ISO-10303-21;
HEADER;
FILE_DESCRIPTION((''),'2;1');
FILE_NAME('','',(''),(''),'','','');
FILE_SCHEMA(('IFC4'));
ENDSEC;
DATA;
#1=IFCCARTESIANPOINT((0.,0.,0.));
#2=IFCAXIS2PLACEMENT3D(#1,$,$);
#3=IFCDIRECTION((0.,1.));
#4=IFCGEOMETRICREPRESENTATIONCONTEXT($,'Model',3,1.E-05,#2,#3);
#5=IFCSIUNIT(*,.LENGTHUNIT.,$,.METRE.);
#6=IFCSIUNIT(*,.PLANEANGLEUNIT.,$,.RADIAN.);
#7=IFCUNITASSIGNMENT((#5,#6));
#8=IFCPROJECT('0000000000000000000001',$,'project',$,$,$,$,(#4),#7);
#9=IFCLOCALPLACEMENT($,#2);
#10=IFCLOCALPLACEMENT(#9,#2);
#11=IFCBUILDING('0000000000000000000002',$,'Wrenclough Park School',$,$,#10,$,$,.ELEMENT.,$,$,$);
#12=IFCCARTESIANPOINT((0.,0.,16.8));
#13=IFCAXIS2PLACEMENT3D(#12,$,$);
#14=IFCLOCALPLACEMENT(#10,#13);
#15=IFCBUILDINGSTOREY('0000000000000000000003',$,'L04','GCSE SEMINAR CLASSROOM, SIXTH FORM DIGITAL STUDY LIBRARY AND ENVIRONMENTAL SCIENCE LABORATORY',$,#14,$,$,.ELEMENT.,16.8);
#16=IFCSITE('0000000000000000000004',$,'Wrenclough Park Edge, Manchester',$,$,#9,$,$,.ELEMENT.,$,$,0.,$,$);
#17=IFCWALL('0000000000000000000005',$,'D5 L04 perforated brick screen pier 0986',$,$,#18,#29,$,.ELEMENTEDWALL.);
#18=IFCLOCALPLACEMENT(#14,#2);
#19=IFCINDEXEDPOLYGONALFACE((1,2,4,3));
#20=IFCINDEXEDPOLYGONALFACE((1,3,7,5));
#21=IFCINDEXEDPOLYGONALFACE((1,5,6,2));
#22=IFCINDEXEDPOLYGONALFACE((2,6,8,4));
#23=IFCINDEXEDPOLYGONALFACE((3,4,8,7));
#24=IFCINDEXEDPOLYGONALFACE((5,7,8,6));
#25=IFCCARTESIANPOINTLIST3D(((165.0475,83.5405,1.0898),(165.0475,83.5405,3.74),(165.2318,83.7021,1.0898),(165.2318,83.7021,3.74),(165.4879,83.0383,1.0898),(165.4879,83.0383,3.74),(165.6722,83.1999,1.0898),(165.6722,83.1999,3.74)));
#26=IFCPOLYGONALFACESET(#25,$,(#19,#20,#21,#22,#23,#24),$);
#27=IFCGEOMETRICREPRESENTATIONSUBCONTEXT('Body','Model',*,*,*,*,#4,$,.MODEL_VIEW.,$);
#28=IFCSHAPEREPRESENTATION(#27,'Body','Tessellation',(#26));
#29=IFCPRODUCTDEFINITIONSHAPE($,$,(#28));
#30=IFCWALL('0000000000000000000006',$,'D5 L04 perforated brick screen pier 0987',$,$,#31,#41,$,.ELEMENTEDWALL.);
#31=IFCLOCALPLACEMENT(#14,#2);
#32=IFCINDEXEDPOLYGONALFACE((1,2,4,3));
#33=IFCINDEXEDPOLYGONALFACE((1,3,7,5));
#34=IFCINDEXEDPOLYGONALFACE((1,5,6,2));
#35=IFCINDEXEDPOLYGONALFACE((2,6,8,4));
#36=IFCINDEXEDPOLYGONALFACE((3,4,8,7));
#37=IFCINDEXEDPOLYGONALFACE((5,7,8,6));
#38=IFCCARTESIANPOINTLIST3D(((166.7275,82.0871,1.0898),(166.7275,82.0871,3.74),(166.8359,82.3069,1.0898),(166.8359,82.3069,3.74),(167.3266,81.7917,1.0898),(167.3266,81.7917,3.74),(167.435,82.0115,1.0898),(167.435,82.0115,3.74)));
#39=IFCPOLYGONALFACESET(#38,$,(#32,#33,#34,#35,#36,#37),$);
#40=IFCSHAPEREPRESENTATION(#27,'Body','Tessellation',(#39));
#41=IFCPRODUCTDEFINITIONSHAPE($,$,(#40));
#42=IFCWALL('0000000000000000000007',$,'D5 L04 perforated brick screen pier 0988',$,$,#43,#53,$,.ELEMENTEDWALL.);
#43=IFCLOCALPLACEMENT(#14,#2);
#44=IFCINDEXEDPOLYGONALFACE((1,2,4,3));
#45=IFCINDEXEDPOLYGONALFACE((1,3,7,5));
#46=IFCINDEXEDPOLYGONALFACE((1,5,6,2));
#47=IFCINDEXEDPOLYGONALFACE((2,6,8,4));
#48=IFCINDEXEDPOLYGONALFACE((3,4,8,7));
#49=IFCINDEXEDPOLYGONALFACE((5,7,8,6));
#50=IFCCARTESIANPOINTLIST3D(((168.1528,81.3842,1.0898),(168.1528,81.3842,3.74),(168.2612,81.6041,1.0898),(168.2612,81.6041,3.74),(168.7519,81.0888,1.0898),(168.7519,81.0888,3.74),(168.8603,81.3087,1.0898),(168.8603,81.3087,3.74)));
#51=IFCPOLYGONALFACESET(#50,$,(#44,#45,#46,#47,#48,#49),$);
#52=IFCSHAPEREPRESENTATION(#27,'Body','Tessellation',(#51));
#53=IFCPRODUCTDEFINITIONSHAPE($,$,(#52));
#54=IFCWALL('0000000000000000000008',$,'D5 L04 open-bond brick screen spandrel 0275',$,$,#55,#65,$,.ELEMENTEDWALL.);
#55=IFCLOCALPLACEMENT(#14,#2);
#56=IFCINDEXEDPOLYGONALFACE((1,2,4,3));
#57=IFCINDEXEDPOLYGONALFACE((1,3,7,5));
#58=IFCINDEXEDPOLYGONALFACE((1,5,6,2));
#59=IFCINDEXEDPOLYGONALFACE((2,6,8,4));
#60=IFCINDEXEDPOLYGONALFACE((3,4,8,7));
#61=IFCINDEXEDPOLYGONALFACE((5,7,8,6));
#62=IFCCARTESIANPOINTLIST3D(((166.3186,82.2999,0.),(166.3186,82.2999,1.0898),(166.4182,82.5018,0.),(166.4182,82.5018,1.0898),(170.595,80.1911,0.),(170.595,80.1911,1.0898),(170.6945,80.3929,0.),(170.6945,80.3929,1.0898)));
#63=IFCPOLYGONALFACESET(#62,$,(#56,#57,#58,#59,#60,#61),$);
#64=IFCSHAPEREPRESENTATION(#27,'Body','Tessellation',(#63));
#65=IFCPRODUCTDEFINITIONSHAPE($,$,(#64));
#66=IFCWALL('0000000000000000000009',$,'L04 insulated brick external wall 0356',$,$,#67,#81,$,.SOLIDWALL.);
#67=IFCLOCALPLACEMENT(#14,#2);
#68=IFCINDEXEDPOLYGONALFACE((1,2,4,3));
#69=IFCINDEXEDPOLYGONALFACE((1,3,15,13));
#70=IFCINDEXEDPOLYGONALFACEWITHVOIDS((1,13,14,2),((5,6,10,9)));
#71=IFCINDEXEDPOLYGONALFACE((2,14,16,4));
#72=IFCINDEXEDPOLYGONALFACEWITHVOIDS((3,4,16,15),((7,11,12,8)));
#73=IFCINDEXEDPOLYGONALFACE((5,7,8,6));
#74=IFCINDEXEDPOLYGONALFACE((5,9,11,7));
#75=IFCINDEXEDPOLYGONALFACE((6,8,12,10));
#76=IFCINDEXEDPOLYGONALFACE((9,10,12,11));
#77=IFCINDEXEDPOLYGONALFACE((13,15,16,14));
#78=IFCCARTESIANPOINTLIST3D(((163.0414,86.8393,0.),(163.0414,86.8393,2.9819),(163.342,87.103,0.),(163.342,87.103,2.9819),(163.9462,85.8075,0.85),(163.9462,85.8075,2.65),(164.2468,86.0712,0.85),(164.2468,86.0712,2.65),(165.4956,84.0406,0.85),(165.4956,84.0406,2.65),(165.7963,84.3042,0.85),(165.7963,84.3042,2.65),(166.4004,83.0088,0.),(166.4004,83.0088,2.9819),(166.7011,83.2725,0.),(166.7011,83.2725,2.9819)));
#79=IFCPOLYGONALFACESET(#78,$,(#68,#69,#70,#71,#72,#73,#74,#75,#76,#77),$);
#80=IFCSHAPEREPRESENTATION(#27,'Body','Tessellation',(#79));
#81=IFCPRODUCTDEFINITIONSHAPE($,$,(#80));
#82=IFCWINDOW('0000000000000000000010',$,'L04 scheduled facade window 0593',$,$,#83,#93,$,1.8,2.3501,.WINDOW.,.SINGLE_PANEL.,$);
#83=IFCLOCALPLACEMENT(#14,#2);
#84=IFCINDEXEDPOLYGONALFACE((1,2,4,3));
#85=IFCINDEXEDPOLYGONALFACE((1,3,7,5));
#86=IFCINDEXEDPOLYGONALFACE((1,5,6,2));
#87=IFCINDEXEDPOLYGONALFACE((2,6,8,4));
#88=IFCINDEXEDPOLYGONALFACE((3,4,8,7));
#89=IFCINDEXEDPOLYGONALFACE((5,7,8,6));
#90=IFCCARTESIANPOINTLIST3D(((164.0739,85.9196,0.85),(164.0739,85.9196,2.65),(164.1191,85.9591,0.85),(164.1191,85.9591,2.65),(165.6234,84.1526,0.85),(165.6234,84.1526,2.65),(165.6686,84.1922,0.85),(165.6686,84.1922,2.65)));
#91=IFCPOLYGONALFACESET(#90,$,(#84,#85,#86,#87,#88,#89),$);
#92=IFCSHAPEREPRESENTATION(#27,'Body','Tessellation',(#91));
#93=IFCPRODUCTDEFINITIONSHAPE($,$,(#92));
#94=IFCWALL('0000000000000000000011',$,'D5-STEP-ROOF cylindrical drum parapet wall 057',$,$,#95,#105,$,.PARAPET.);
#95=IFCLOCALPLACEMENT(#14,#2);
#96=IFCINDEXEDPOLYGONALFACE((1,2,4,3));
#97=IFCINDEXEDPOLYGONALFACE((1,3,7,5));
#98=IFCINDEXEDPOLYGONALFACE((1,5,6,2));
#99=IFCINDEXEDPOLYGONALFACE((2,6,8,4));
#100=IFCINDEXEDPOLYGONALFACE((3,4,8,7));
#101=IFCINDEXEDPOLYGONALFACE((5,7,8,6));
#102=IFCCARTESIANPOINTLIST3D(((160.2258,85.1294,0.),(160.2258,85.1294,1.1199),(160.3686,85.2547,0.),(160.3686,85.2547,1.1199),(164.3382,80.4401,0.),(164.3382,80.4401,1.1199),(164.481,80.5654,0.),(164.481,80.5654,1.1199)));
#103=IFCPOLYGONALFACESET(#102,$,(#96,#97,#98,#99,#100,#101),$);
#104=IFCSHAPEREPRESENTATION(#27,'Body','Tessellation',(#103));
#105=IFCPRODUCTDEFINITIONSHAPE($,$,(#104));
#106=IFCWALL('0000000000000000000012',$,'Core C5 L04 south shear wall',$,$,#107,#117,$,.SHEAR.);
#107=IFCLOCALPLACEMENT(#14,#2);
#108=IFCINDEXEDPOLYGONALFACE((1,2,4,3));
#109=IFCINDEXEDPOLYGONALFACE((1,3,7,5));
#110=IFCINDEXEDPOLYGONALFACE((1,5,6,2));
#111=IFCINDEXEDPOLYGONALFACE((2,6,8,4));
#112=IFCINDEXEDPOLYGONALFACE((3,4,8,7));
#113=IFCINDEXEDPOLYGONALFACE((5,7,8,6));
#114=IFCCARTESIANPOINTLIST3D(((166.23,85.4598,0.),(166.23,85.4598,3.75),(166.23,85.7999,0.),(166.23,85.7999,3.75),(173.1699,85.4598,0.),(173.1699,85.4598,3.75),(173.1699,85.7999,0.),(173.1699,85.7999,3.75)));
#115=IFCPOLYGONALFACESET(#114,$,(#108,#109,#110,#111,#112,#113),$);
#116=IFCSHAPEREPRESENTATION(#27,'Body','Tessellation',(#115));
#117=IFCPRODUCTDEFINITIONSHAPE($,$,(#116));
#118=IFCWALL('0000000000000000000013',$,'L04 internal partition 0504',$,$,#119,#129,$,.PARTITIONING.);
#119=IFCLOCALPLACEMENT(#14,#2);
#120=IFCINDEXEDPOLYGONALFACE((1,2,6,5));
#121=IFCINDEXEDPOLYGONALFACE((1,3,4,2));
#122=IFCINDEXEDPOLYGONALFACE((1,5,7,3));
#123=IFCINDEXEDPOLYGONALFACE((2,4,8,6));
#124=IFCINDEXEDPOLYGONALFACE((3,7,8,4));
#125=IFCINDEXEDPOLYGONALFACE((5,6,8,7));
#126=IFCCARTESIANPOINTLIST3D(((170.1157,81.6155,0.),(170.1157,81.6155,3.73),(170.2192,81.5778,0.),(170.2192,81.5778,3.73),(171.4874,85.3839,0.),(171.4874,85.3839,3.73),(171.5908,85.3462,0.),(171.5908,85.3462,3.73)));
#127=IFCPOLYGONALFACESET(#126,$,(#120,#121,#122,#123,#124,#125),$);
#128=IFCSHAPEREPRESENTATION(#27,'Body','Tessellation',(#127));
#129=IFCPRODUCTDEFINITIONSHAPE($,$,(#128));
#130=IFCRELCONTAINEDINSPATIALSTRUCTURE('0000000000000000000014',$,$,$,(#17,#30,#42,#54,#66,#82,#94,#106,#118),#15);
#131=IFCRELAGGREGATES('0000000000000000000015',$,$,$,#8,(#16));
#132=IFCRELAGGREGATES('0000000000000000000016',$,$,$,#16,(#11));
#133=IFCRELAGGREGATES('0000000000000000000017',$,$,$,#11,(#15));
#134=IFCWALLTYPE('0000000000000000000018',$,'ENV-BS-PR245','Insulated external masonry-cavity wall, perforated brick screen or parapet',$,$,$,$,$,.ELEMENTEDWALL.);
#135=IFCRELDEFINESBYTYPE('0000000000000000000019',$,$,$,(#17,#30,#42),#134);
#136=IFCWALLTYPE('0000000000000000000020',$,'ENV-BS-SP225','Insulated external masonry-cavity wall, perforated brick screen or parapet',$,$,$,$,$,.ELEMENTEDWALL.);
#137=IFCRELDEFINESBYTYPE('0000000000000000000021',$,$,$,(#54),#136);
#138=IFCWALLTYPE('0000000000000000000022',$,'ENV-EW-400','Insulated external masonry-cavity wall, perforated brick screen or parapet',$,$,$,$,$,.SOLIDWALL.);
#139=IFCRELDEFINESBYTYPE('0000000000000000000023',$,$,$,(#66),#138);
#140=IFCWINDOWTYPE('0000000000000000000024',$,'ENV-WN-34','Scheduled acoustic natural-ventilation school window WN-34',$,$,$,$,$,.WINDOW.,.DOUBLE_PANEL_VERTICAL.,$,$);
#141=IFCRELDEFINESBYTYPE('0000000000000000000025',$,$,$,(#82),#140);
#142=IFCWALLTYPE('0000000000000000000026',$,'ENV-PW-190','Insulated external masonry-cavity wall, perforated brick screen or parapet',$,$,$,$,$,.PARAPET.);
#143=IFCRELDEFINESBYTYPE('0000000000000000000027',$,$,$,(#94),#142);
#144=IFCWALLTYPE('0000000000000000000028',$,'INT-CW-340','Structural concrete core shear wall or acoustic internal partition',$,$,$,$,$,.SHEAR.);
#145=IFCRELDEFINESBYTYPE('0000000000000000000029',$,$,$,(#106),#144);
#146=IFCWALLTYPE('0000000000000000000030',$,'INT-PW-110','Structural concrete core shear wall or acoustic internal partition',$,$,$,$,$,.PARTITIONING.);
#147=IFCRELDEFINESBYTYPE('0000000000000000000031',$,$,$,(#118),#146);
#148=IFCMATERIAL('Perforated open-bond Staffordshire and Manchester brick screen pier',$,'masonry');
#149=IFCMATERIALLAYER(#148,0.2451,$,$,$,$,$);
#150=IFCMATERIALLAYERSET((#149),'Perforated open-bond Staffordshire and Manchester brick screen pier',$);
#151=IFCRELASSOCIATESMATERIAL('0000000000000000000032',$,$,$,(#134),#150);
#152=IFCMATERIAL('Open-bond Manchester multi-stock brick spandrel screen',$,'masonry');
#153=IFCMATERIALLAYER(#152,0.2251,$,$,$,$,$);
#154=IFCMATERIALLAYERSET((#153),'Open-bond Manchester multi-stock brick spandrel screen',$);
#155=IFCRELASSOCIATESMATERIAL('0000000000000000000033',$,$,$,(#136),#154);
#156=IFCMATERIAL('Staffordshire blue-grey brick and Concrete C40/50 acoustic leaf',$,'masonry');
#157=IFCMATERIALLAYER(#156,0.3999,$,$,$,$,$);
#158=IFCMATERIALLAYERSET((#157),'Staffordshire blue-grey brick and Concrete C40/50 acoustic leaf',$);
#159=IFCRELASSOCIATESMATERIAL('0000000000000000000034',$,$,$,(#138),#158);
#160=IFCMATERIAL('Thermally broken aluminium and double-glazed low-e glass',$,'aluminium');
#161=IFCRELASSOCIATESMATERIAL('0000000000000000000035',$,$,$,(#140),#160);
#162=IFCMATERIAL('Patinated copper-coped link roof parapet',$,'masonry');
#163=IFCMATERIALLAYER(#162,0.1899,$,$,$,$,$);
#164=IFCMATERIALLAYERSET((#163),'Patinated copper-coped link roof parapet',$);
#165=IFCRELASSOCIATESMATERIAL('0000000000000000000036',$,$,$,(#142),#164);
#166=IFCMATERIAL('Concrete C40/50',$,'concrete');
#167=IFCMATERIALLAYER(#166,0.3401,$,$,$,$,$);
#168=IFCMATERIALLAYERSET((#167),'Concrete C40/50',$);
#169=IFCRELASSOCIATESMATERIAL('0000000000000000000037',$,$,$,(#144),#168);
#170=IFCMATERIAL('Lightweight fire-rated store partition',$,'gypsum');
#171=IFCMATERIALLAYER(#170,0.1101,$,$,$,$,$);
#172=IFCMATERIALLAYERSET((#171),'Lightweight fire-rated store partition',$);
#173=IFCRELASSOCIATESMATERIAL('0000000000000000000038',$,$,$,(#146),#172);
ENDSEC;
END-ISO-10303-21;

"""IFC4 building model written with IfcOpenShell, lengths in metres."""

from ifc_helpers import new_model, si_unit, direction, frame, frame_2d, origin, place, context, subcontext, project, spatial, rectangle, extrude, material, layer, layer_set, type_object, element, fill, save


model = new_model("IFC4")

# Units and contexts
model_context = context("Model", 3, precision=1e-05, world=origin(), true_north=direction((0.0, 1.0)))
body_context = subcontext(model_context, "Body", "Model", "MODEL_VIEW")
ifc_project = project(units=[si_unit("LENGTHUNIT", "METRE"), si_unit("PLANEANGLEUNIT", "RADIAN")], contexts=[model_context])

# Site, building, storey
site_placement = place(None, origin())
site = spatial("IfcSite", under=ifc_project, at=site_placement, Name="Wrenclough Park Edge, Manchester", CompositionType="ELEMENT", RefElevation=0.0)
building_placement = place(site_placement, origin())
building = spatial("IfcBuilding", under=site, at=building_placement, Name="Wrenclough Park School", CompositionType="ELEMENT")
storey_placement = place(building_placement, frame((0.0, 0.0, 16.8)))
storey = spatial("IfcBuildingStorey", under=building, at=storey_placement, Name="L04", Description="GCSE SEMINAR CLASSROOM, SIXTH FORM DIGITAL STUDY LIBRARY AND ENVIRONMENTAL SCIENCE LABORATORY", CompositionType="ELEMENT", Elevation=16.8)

# Shared definitions
ifc_material_1 = material(Name="Concrete C40/50", Category="concrete")

# Walls
ifc_material_2 = material(Name="Perforated open-bond Staffordshire and Manchester brick screen pier", Category="masonry")
ifc_layer_1 = layer(ifc_material_2, 0.2451)
ifc_layer_set_1 = layer_set([ifc_layer_1], Name="Perforated open-bond Staffordshire and Manchester brick screen pier")
wall_type_1 = type_object("IfcWallType", Name="ENV-BS-PR245", Description="Insulated external masonry-cavity wall, perforated brick screen or parapet", PredefinedType="ELEMENTEDWALL", material=ifc_layer_set_1)
for number, where, z_axis, x_axis, name in (
    (1, (165.1396, 83.6213, 1.0898), (0.0, 0.0, 1.0), (0.659358, -0.751829, 0.0), "D5 L04 perforated brick screen pier 0986"),
    (2, (166.7817, 82.197, 1.0898), (0.0, 0.0, 1.0), (0.896899, -0.442236, 0.0), "D5 L04 perforated brick screen pier 0987"),
    (3, (168.207, 81.4941, 1.0898), (0.0, 0.0, 1.0), (0.896899, -0.442236, 0.0), "D5 L04 perforated brick screen pier 0988"),
):
    element("IfcWall", number, at=place(storey_placement, frame(where, z_axis=z_axis, x_axis=x_axis)), inside=storey, type_object=wall_type_1, Name=name, PredefinedType="ELEMENTEDWALL", context=body_context, shape_type="SweptSolid", body=[
        extrude(rectangle(XDim=0.668, YDim=0.2451, at=frame_2d((0.334, 0.0))), origin(), (0.0, 0.0, 1.0), 2.6501),
    ])
ifc_material_3 = material(Name="Open-bond Manchester multi-stock brick spandrel screen", Category="masonry")
ifc_layer_2 = layer(ifc_material_3, 0.2251)
ifc_layer_set_2 = layer_set([ifc_layer_2], Name="Open-bond Manchester multi-stock brick spandrel screen")
wall_type_2 = type_object("IfcWallType", Name="ENV-BS-SP225", Description="Insulated external masonry-cavity wall, perforated brick screen or parapet", PredefinedType="ELEMENTEDWALL", material=ifc_layer_set_2)
wall_1_placement = place(storey_placement, frame((166.3684, 82.4009, 0.0), z_axis=(0.0, 0.0, 1.0), x_axis=(0.896871, -0.442291, 0.0)))
element("IfcWall", 4, at=wall_1_placement, inside=storey, type_object=wall_type_2, Name="D5 L04 open-bond brick screen spandrel 0275", PredefinedType="ELEMENTEDWALL", context=body_context, shape_type="SweptSolid", body=[
    extrude(rectangle(XDim=4.7681, YDim=0.2251, at=frame_2d((2.384, 0.0))), origin(), (0.0, 0.0, 1.0), 1.0898),
])

# Wall, opening, window
ifc_material_4 = material(Name="Staffordshire blue-grey brick and Concrete C40/50 acoustic leaf", Category="masonry")
ifc_layer_3 = layer(ifc_material_4, 0.3999)
ifc_layer_set_3 = layer_set([ifc_layer_3], Name="Staffordshire blue-grey brick and Concrete C40/50 acoustic leaf")
wall_type_3 = type_object("IfcWallType", Name="ENV-EW-400", Description="Insulated external masonry-cavity wall, perforated brick screen or parapet", PredefinedType="SOLIDWALL", material=ifc_layer_set_3)
wall_2_placement = place(storey_placement, frame((166.5508, 83.1406, 0.0), z_axis=(0.0, 0.0, 1.0), x_axis=(-0.659325, 0.751858, 0.0)))
wall_2 = element("IfcWall", 5, at=wall_2_placement, inside=storey, type_object=wall_type_3, Name="L04 insulated brick external wall 0356", PredefinedType="SOLIDWALL", context=body_context, shape_type="SweptSolid", body=[
    extrude(rectangle(XDim=5.0947, YDim=0.3999, at=frame_2d((2.5474, 0.0))), origin(), (0.0, 0.0, 1.0), 2.9819),
])
opening_placement = place(wall_2_placement, frame((1.3723, 0.0, 0.8501)))
opening = element("IfcOpeningElement", 6, at=opening_placement, cuts=wall_2, PredefinedType="OPENING", context=body_context, shape_type="SweptSolid", body=[
    extrude(rectangle(XDim=2.3501, YDim=1.8, at=frame_2d((1.175, 0.8999))), frame((0.0, 0.21, 0.0), z_axis=(0.0, -1.0, 0.0), x_axis=(1.0, 0.0, 0.0)), (0.0, 0.0, 1.0), 0.4199),
])
ifc_material_5 = material(Name="Thermally broken aluminium and double-glazed low-e glass", Category="aluminium")
window_type = type_object("IfcWindowType", Name="ENV-WN-34", Description="Scheduled acoustic natural-ventilation school window WN-34", PartitioningType="DOUBLE_PANEL_VERTICAL", PredefinedType="WINDOW", material=ifc_material_5)
window_placement = place(opening_placement, origin())
window = element("IfcWindow", 7, at=window_placement, inside=storey, type_object=window_type, Name="L04 scheduled facade window 0593", OverallHeight=1.8, OverallWidth=2.3501, PartitioningType="SINGLE_PANEL", PredefinedType="WINDOW", context=body_context, shape_type="SweptSolid", body=[
    extrude(rectangle(XDim=2.3501, YDim=1.8, at=frame_2d((1.175, 0.8999))), frame((0.0, 0.03, 0.0), z_axis=(0.0, -1.0, 0.0), x_axis=(1.0, 0.0, 0.0)), (0.0, 0.0, 1.0), 0.0601),
])
fill(opening, window)

# Walls
ifc_material_6 = material(Name="Patinated copper-coped link roof parapet", Category="masonry")
ifc_layer_4 = layer(ifc_material_6, 0.1899)
ifc_layer_set_4 = layer_set([ifc_layer_4], Name="Patinated copper-coped link roof parapet")
wall_type_4 = type_object("IfcWallType", Name="ENV-PW-190", Description="Insulated external masonry-cavity wall, perforated brick screen or parapet", PredefinedType="PARAPET", material=ifc_layer_set_4)
wall_3_placement = place(storey_placement, frame((160.2971, 85.1921, 0.0), z_axis=(0.0, 0.0, 1.0), x_axis=(0.659344, -0.751841, 0.0)))
element("IfcWall", 8, at=wall_3_placement, inside=storey, type_object=wall_type_4, Name="D5-STEP-ROOF cylindrical drum parapet wall 057", PredefinedType="PARAPET", context=body_context, shape_type="SweptSolid", body=[
    extrude(rectangle(XDim=6.2371, YDim=0.1899, at=frame_2d((3.1187, 0.0))), origin(), (0.0, 0.0, 1.0), 1.1199),
])
ifc_layer_5 = layer(ifc_material_1, 0.3401)
ifc_layer_set_5 = layer_set([ifc_layer_5], Name="Concrete C40/50")
wall_type_5 = type_object("IfcWallType", Name="INT-CW-340", Description="Structural concrete core shear wall or acoustic internal partition", PredefinedType="SHEAR", material=ifc_layer_set_5)
wall_4_placement = place(storey_placement, frame((166.23, 85.6299, 0.0), z_axis=(0.0, 0.0, 1.0), x_axis=(1.0, 0.0, 0.0)))
element("IfcWall", 9, at=wall_4_placement, inside=storey, type_object=wall_type_5, Name="Core C5 L04 south shear wall", PredefinedType="SHEAR", context=body_context, shape_type="SweptSolid", body=[
    extrude(rectangle(XDim=6.9399, YDim=0.3401, at=frame_2d((3.47, 0.0))), origin(), (0.0, 0.0, 1.0), 3.75),
])
ifc_material_7 = material(Name="Lightweight fire-rated store partition", Category="gypsum")
ifc_layer_6 = layer(ifc_material_7, 0.1101)
ifc_layer_set_6 = layer_set([ifc_layer_6], Name="Lightweight fire-rated store partition")
wall_type_6 = type_object("IfcWallType", Name="INT-PW-110", Description="Structural concrete core shear wall or acoustic internal partition", PredefinedType="PARTITIONING", material=ifc_layer_set_6)
wall_5_placement = place(storey_placement, frame((170.1675, 81.5967, 0.0), z_axis=(0.0, 0.0, 1.0), x_axis=(0.342027, 0.93969, 0.0)))
element("IfcWall", 10, at=wall_5_placement, inside=storey, type_object=wall_type_6, Name="L04 internal partition 0504", PredefinedType="PARTITIONING", context=body_context, shape_type="SweptSolid", body=[
    extrude(rectangle(XDim=4.0103, YDim=0.1101, at=frame_2d((2.0051, 0.0))), origin(), (0.0, 0.0, 1.0), 3.73),
])

save(model, "model.ifc")
